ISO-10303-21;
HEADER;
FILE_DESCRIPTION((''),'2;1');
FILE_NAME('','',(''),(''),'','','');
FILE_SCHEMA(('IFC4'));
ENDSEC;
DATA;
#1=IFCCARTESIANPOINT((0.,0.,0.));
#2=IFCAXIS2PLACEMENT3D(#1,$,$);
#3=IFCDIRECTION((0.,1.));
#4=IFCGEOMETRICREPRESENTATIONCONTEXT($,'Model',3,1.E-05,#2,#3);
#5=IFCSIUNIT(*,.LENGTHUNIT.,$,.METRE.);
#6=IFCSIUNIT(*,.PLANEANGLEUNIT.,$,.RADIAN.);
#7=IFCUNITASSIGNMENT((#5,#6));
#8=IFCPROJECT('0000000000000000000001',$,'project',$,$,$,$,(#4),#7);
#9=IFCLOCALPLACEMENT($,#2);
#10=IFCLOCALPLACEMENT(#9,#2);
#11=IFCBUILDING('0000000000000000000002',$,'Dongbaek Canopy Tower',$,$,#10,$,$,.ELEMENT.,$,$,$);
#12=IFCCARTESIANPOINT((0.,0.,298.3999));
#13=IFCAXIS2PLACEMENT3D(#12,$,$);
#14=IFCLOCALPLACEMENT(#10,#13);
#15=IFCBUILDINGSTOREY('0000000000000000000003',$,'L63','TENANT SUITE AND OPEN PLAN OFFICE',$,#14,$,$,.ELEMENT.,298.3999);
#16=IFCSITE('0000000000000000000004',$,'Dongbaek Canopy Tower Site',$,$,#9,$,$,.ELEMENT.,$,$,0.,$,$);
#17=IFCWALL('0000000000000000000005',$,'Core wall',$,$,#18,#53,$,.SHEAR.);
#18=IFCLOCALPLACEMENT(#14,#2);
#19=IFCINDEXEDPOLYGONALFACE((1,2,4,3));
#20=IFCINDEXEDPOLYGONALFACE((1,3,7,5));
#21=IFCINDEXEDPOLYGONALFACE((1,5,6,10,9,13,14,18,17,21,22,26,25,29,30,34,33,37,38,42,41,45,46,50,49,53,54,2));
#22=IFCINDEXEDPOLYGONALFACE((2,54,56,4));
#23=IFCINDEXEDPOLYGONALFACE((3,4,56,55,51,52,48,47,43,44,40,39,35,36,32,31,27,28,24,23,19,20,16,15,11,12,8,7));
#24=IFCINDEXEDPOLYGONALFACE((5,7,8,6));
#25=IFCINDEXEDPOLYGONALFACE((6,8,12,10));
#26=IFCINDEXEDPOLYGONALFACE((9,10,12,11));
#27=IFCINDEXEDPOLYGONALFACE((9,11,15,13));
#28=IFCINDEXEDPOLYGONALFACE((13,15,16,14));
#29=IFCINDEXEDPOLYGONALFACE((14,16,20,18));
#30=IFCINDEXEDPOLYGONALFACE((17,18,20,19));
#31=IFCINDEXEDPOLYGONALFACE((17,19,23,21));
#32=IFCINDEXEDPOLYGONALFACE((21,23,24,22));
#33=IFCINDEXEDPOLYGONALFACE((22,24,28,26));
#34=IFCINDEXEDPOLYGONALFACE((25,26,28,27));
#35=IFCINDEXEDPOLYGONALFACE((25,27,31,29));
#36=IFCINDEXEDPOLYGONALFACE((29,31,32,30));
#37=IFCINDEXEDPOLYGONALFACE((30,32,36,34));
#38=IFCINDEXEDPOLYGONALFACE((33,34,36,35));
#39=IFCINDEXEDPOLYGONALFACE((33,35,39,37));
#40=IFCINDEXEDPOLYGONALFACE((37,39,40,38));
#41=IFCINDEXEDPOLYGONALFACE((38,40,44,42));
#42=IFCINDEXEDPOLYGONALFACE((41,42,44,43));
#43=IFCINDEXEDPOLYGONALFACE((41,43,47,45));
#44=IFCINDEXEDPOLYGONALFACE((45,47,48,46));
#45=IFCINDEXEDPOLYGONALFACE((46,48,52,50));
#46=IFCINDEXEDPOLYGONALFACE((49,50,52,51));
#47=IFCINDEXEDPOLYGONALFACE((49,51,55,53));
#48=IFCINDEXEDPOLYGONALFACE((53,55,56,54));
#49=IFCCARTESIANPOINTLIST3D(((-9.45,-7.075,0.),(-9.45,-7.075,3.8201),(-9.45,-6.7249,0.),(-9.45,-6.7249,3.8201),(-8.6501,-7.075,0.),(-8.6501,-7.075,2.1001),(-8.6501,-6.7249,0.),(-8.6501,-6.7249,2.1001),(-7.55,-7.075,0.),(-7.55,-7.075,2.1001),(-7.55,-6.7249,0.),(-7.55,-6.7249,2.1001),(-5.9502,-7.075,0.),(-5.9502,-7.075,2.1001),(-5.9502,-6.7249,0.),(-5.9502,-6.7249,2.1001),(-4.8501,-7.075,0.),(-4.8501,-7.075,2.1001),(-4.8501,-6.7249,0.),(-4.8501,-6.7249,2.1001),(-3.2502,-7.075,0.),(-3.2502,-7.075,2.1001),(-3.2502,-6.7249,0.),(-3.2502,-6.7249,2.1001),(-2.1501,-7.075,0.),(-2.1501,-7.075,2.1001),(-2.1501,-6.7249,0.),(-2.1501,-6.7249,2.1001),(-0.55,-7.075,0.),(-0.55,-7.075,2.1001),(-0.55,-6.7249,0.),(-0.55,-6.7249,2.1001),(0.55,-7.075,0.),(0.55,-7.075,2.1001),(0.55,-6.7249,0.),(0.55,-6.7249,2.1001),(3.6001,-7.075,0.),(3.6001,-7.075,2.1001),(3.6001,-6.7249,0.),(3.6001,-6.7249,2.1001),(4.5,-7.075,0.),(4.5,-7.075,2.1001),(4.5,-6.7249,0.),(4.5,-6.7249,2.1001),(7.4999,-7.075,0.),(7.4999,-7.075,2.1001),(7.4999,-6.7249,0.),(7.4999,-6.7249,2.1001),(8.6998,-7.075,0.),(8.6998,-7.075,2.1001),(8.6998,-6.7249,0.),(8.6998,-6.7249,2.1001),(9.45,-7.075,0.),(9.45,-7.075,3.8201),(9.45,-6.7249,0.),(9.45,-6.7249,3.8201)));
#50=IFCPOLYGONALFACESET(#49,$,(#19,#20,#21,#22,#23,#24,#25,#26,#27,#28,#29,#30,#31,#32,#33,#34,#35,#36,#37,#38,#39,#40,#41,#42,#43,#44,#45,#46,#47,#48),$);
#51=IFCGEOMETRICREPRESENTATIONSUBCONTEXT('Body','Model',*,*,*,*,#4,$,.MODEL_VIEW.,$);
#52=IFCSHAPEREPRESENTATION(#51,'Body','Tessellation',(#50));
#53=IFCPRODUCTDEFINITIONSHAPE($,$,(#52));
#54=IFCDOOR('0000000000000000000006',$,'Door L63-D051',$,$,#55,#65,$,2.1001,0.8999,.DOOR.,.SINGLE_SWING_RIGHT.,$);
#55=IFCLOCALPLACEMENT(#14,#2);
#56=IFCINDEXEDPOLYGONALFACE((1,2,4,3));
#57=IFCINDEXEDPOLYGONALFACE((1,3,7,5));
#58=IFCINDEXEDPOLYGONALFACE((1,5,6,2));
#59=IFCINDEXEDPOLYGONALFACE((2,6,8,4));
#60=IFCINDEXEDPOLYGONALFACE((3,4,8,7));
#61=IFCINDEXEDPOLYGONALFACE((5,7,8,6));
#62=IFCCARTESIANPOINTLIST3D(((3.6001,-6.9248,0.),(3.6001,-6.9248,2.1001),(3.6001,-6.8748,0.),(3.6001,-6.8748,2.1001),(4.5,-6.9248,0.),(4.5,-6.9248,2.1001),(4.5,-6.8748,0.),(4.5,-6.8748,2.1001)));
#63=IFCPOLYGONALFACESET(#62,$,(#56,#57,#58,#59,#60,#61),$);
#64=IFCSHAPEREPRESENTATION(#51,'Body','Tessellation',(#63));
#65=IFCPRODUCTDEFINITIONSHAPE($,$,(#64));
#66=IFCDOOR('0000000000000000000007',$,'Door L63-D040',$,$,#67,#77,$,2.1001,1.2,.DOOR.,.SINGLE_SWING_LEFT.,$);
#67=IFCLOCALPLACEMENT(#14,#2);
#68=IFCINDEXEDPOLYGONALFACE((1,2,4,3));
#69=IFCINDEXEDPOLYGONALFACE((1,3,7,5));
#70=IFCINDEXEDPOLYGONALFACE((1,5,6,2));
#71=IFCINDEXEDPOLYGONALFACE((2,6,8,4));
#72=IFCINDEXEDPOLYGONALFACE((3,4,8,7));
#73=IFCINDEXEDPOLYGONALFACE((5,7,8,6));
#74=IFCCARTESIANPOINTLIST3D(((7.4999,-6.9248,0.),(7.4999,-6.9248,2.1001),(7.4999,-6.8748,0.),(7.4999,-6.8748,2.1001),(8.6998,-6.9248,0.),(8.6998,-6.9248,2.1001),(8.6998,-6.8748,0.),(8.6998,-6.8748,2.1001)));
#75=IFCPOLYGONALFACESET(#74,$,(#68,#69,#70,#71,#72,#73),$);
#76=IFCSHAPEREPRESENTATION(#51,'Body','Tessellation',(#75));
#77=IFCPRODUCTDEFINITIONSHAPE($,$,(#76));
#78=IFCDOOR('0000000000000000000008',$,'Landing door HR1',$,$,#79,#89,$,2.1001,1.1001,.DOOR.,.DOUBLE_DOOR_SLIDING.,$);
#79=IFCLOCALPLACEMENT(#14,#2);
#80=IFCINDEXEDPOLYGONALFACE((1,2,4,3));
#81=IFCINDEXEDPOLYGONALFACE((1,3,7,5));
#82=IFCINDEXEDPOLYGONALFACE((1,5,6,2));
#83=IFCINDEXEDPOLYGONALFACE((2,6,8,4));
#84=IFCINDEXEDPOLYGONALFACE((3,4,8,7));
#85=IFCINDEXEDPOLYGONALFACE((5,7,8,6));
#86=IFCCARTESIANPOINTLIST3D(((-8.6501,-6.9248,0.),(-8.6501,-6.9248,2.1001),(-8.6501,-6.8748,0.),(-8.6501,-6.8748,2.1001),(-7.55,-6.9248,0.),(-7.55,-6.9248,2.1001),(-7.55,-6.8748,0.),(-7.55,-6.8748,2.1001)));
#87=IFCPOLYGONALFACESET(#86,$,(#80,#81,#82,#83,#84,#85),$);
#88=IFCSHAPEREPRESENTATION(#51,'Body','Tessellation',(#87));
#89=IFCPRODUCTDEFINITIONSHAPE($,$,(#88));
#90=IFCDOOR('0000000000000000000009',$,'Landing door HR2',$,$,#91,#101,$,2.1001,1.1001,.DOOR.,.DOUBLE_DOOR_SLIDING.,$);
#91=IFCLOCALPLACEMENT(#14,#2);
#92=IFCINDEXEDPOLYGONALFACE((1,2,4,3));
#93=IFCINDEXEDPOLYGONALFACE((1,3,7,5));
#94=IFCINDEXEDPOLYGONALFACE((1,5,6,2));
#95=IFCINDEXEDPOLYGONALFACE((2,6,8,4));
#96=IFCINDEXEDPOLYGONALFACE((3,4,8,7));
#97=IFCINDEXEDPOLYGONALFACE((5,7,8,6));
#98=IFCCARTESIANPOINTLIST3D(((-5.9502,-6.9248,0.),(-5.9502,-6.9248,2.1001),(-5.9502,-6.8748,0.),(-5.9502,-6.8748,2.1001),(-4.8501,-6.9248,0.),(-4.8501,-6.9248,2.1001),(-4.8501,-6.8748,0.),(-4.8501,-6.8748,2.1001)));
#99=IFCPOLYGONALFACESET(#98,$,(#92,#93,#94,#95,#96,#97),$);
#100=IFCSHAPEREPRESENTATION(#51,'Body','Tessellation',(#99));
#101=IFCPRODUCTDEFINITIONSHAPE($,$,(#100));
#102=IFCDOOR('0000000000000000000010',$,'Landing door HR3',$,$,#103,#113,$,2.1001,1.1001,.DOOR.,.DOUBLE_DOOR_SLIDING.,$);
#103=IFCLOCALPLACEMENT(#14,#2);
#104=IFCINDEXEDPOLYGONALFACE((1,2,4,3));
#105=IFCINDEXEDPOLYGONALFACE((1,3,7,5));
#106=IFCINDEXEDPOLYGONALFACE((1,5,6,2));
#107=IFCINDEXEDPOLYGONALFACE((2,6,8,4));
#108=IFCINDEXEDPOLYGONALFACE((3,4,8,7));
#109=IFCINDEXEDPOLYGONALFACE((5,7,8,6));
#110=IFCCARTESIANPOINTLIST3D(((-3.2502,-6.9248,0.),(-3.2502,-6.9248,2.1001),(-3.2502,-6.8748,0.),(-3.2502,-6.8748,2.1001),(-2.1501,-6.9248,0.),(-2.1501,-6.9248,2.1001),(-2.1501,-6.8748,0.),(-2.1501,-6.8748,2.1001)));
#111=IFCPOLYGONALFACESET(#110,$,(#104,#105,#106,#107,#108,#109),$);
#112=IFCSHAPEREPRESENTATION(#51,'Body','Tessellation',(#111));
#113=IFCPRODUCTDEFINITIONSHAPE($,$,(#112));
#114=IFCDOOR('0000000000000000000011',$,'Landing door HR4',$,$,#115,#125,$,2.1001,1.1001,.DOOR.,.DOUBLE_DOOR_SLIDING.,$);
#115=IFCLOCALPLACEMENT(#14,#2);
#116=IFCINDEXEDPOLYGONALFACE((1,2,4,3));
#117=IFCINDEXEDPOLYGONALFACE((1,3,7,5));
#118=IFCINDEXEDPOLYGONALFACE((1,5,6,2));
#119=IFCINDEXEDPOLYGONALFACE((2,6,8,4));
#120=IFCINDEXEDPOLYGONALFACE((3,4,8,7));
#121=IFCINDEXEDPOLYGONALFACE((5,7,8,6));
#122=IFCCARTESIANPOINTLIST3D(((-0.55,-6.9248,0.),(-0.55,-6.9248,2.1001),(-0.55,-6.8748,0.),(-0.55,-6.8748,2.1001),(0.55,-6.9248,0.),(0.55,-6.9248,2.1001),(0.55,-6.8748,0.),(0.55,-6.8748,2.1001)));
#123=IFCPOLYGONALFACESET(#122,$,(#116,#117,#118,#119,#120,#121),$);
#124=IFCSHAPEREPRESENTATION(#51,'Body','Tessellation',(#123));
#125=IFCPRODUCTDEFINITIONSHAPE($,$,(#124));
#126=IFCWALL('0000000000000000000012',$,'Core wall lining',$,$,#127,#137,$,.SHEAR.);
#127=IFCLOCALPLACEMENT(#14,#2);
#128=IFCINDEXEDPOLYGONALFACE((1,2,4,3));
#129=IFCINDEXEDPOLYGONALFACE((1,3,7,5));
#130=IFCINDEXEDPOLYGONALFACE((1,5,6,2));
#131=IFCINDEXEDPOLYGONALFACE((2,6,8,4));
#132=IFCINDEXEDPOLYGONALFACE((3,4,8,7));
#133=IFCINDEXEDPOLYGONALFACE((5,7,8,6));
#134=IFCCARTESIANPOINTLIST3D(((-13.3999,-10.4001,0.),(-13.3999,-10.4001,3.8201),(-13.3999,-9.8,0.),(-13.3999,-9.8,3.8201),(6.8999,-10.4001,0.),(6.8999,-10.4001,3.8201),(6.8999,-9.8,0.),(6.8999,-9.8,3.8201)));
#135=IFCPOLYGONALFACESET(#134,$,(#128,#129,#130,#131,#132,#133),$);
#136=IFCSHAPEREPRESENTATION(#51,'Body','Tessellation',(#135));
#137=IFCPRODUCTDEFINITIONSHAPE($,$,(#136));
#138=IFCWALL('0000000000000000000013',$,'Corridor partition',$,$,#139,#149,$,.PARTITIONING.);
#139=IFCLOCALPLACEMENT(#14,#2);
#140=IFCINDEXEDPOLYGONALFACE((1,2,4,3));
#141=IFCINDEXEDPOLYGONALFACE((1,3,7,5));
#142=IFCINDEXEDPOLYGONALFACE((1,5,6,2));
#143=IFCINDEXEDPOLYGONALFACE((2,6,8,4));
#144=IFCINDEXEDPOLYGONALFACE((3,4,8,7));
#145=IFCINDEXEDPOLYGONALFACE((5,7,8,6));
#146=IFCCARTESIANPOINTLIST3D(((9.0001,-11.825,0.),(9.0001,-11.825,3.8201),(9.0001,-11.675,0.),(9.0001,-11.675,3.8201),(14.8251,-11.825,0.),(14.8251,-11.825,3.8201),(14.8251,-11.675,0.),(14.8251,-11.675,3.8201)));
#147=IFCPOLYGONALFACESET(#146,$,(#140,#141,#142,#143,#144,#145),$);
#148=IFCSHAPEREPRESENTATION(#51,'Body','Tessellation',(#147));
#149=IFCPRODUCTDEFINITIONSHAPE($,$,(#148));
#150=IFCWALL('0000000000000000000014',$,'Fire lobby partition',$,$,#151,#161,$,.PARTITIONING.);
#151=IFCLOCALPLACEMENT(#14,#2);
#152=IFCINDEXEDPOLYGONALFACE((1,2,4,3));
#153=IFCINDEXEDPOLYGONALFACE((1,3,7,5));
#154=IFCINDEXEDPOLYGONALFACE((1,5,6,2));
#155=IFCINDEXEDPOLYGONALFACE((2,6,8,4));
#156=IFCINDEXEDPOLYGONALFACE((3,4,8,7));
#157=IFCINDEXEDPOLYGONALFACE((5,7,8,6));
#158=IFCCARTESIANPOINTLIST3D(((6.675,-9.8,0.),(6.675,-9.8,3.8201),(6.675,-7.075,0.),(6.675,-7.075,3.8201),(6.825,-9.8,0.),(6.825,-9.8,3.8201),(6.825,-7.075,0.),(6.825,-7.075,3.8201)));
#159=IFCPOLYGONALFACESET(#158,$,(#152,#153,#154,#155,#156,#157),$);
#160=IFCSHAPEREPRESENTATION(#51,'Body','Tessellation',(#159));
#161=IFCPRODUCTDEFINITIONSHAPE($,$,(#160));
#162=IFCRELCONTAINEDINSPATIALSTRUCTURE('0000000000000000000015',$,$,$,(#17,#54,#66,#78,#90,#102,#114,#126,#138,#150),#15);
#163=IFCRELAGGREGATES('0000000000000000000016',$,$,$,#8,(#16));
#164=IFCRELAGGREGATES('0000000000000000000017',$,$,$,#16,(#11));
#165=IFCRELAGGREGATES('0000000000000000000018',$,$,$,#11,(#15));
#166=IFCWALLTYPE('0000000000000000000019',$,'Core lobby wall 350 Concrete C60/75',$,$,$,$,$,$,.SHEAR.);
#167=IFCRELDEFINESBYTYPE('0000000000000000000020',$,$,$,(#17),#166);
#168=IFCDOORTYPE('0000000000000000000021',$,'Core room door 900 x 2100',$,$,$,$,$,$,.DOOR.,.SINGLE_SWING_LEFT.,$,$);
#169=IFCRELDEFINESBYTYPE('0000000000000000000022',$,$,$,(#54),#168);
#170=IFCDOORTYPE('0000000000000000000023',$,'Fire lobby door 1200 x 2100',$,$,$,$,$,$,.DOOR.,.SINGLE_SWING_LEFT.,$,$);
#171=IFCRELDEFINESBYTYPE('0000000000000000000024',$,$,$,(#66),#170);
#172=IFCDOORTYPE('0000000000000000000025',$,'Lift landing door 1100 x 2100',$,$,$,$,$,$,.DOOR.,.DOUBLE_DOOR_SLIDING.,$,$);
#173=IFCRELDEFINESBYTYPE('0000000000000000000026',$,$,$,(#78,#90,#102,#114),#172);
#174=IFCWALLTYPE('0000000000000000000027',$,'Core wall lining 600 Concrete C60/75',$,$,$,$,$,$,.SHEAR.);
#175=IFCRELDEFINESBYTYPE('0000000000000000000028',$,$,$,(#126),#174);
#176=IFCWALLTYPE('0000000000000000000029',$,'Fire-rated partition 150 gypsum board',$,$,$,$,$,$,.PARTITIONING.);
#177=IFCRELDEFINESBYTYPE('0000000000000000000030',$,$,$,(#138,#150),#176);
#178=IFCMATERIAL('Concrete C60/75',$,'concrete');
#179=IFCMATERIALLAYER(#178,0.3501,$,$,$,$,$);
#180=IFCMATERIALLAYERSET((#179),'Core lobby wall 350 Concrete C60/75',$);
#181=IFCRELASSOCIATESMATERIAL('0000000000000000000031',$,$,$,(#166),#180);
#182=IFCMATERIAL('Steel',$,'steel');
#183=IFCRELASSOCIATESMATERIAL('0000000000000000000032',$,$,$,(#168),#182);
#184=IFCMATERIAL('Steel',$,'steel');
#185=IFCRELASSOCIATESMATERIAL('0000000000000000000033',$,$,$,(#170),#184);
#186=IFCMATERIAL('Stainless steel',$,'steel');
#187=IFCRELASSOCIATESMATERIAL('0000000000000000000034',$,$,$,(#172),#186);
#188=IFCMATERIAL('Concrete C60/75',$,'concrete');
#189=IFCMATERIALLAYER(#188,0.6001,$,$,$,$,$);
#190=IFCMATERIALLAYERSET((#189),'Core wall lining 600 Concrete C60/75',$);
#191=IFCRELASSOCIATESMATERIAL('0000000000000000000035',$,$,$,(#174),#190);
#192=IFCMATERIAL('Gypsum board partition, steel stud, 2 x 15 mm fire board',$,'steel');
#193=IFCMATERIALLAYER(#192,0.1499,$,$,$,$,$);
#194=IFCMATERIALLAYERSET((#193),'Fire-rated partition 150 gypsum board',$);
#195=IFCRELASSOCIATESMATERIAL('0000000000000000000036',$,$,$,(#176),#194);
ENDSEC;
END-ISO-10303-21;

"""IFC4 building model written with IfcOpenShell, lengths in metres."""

from ifc_helpers import new_model, si_unit, direction, frame, frame_2d, origin, place, context, subcontext, project, spatial, rectangle, extrude, material, layer, layer_set, type_object, element, fill, save


model = new_model("IFC4")

# Units and contexts
model_context = context("Model", 3, precision=1e-05, world=origin(), true_north=direction((0.0, 1.0)))
body_context = subcontext(model_context, "Body", "Model", "MODEL_VIEW")
ifc_project = project(units=[si_unit("LENGTHUNIT", "METRE"), si_unit("PLANEANGLEUNIT", "RADIAN")], contexts=[model_context])

# Site, building, storey
site_placement = place(None, origin())
site = spatial("IfcSite", under=ifc_project, at=site_placement, Name="Dongbaek Canopy Tower Site", CompositionType="ELEMENT", RefElevation=0.0)
building_placement = place(site_placement, origin())
building = spatial("IfcBuilding", under=site, at=building_placement, Name="Dongbaek Canopy Tower", CompositionType="ELEMENT")
storey_placement = place(building_placement, frame((0.0, 0.0, 298.3999)))
storey = spatial("IfcBuildingStorey", under=building, at=storey_placement, Name="L63", Description="TENANT SUITE AND OPEN PLAN OFFICE", CompositionType="ELEMENT", Elevation=298.3999)

# Wall, openings, doors
ifc_material_1 = material(Name="Concrete C60/75", Category="concrete")
ifc_layer_1 = layer(ifc_material_1, 0.3501)
ifc_layer_set_1 = layer_set([ifc_layer_1], Name="Core lobby wall 350 Concrete C60/75")
wall_type_1 = type_object("IfcWallType", Name="Core lobby wall 350 Concrete C60/75", PredefinedType="SHEAR", material=ifc_layer_set_1)
wall_1_placement = place(storey_placement, frame((9.45, -6.8999, 0.0), z_axis=(0.0, 0.0, 1.0), x_axis=(-1.0, 0.0, 0.0)))
wall_1 = element("IfcWall", 1, at=wall_1_placement, inside=storey, type_object=wall_type_1, Name="Core wall", PredefinedType="SHEAR", context=body_context, shape_type="SweptSolid", body=[
    extrude(rectangle(XDim=18.8999, YDim=0.3501, at=frame_2d((9.45, 0.0))), origin(), (0.0, 0.0, 1.0), 3.8201),
])
opening_1_placement = place(wall_1_placement, frame((17.0, 0.0, 0.0)))
opening_1 = element("IfcOpeningElement", 2, at=opening_1_placement, cuts=wall_1, PredefinedType="OPENING", context=body_context, shape_type="SweptSolid", body=[
    extrude(rectangle(XDim=1.1001, YDim=2.1001, at=frame_2d((0.55, 1.05))), frame((0.0, 0.1851, 0.0), z_axis=(0.0, -1.0, 0.0), x_axis=(1.0, 0.0, 0.0)), (0.0, 0.0, 1.0), 0.3701),
])
opening_2_placement = place(wall_1_placement, frame((14.3, 0.0, 0.0)))
opening_2 = element("IfcOpeningElement", 3, at=opening_2_placement, cuts=wall_1, PredefinedType="OPENING", context=body_context, shape_type="SweptSolid", body=[
    extrude(rectangle(XDim=1.1001, YDim=2.1001, at=frame_2d((0.55, 1.05))), frame((0.0, 0.1851, 0.0), z_axis=(0.0, -1.0, 0.0), x_axis=(1.0, 0.0, 0.0)), (0.0, 0.0, 1.0), 0.3701),
])
opening_3_placement = place(wall_1_placement, frame((11.6001, 0.0, 0.0)))
opening_3 = element("IfcOpeningElement", 4, at=opening_3_placement, cuts=wall_1, PredefinedType="OPENING", context=body_context, shape_type="SweptSolid", body=[
    extrude(rectangle(XDim=1.1001, YDim=2.1001, at=frame_2d((0.55, 1.05))), frame((0.0, 0.1851, 0.0), z_axis=(0.0, -1.0, 0.0), x_axis=(1.0, 0.0, 0.0)), (0.0, 0.0, 1.0), 0.3701),
])
opening_4_placement = place(wall_1_placement, frame((8.8999, 0.0, 0.0)))
opening_4 = element("IfcOpeningElement", 5, at=opening_4_placement, cuts=wall_1, PredefinedType="OPENING", context=body_context, shape_type="SweptSolid", body=[
    extrude(rectangle(XDim=1.1001, YDim=2.1001, at=frame_2d((0.55, 1.05))), frame((0.0, 0.1851, 0.0), z_axis=(0.0, -1.0, 0.0), x_axis=(1.0, 0.0, 0.0)), (0.0, 0.0, 1.0), 0.3701),
])
opening_5_placement = place(wall_1_placement, frame((0.75, 0.0, 0.0)))
opening_5 = element("IfcOpeningElement", 6, at=opening_5_placement, cuts=wall_1, PredefinedType="OPENING", context=body_context, shape_type="SweptSolid", body=[
    extrude(rectangle(XDim=1.2, YDim=2.1001, at=frame_2d((0.6001, 1.05))), frame((0.0, 0.1851, 0.0), z_axis=(0.0, -1.0, 0.0), x_axis=(1.0, 0.0, 0.0)), (0.0, 0.0, 1.0), 0.3701),
])
opening_6_placement = place(wall_1_placement, frame((4.95, 0.0, 0.0)))
opening_6 = element("IfcOpeningElement", 7, at=opening_6_placement, cuts=wall_1, PredefinedType="OPENING", context=body_context, shape_type="SweptSolid", body=[
    extrude(rectangle(XDim=0.8999, YDim=2.1001, at=frame_2d((0.45, 1.05))), frame((0.0, 0.1851, 0.0), z_axis=(0.0, -1.0, 0.0), x_axis=(1.0, 0.0, 0.0)), (0.0, 0.0, 1.0), 0.3701),
])
ifc_material_2 = material(Name="Steel", Category="steel")
door_type_1 = type_object("IfcDoorType", Name="Core room door 900 x 2100", OperationType="SINGLE_SWING_LEFT", PredefinedType="DOOR", material=ifc_material_2)
door_1_placement = place(opening_6_placement, origin())
door_1 = element("IfcDoor", 8, at=door_1_placement, inside=storey, type_object=door_type_1, Name="Door L63-D051", OperationType="SINGLE_SWING_RIGHT", OverallHeight=2.1001, OverallWidth=0.8999, PredefinedType="DOOR", context=body_context, shape_type="SweptSolid", body=[
    extrude(rectangle(XDim=0.8999, YDim=2.1001, at=frame_2d((0.45, 1.05))), frame((0.0, 0.0249, 0.0), z_axis=(0.0, -1.0, 0.0), x_axis=(1.0, 0.0, 0.0)), (0.0, 0.0, 1.0), 0.05),
])
fill(opening_6, door_1)
ifc_material_3 = material(Name="Steel", Category="steel")
door_type_2 = type_object("IfcDoorType", Name="Fire lobby door 1200 x 2100", OperationType="SINGLE_SWING_LEFT", PredefinedType="DOOR", material=ifc_material_3)
door_2_placement = place(opening_5_placement, origin())
door_2 = element("IfcDoor", 9, at=door_2_placement, inside=storey, type_object=door_type_2, Name="Door L63-D040", OperationType="SINGLE_SWING_LEFT", OverallHeight=2.1001, OverallWidth=1.2, PredefinedType="DOOR", context=body_context, shape_type="SweptSolid", body=[
    extrude(rectangle(XDim=1.2, YDim=2.1001, at=frame_2d((0.6001, 1.05))), frame((0.0, 0.0249, 0.0), z_axis=(0.0, -1.0, 0.0), x_axis=(1.0, 0.0, 0.0)), (0.0, 0.0, 1.0), 0.05),
])
fill(opening_5, door_2)
ifc_material_4 = material(Name="Stainless steel", Category="steel")
door_type_3 = type_object("IfcDoorType", Name="Lift landing door 1100 x 2100", OperationType="DOUBLE_DOOR_SLIDING", PredefinedType="DOOR", material=ifc_material_4)
door_3_placement = place(opening_1_placement, origin())
door_3 = element("IfcDoor", 10, at=door_3_placement, inside=storey, type_object=door_type_3, Name="Landing door HR1", OperationType="DOUBLE_DOOR_SLIDING", OverallHeight=2.1001, OverallWidth=1.1001, PredefinedType="DOOR", context=body_context, shape_type="SweptSolid", body=[
    extrude(rectangle(XDim=1.1001, YDim=2.1001, at=frame_2d((0.55, 1.05))), frame((0.0, 0.0249, 0.0), z_axis=(0.0, -1.0, 0.0), x_axis=(1.0, 0.0, 0.0)), (0.0, 0.0, 1.0), 0.05),
])
fill(opening_1, door_3)
door_4_placement = place(opening_2_placement, origin())
door_4 = element("IfcDoor", 11, at=door_4_placement, inside=storey, type_object=door_type_3, Name="Landing door HR2", OperationType="DOUBLE_DOOR_SLIDING", OverallHeight=2.1001, OverallWidth=1.1001, PredefinedType="DOOR", context=body_context, shape_type="SweptSolid", body=[
    extrude(rectangle(XDim=1.1001, YDim=2.1001, at=frame_2d((0.55, 1.05))), frame((0.0, 0.0249, 0.0), z_axis=(0.0, -1.0, 0.0), x_axis=(1.0, 0.0, 0.0)), (0.0, 0.0, 1.0), 0.05),
])
fill(opening_2, door_4)
door_5_placement = place(opening_3_placement, origin())
door_5 = element("IfcDoor", 12, at=door_5_placement, inside=storey, type_object=door_type_3, Name="Landing door HR3", OperationType="DOUBLE_DOOR_SLIDING", OverallHeight=2.1001, OverallWidth=1.1001, PredefinedType="DOOR", context=body_context, shape_type="SweptSolid", body=[
    extrude(rectangle(XDim=1.1001, YDim=2.1001, at=frame_2d((0.55, 1.05))), frame((0.0, 0.0249, 0.0), z_axis=(0.0, -1.0, 0.0), x_axis=(1.0, 0.0, 0.0)), (0.0, 0.0, 1.0), 0.05),
])
fill(opening_3, door_5)
door_6_placement = place(opening_4_placement, origin())
door_6 = element("IfcDoor", 13, at=door_6_placement, inside=storey, type_object=door_type_3, Name="Landing door HR4", OperationType="DOUBLE_DOOR_SLIDING", OverallHeight=2.1001, OverallWidth=1.1001, PredefinedType="DOOR", context=body_context, shape_type="SweptSolid", body=[
    extrude(rectangle(XDim=1.1001, YDim=2.1001, at=frame_2d((0.55, 1.05))), frame((0.0, 0.0249, 0.0), z_axis=(0.0, -1.0, 0.0), x_axis=(1.0, 0.0, 0.0)), (0.0, 0.0, 1.0), 0.05),
])
fill(opening_4, door_6)

# Walls
ifc_material_5 = material(Name="Concrete C60/75", Category="concrete")
ifc_layer_2 = layer(ifc_material_5, 0.6001)
ifc_layer_set_2 = layer_set([ifc_layer_2], Name="Core wall lining 600 Concrete C60/75")
wall_type_2 = type_object("IfcWallType", Name="Core wall lining 600 Concrete C60/75", PredefinedType="SHEAR", material=ifc_layer_set_2)
wall_2_placement = place(storey_placement, frame((6.8999, -10.1001, 0.0), z_axis=(0.0, 0.0, 1.0), x_axis=(-1.0, 0.0, 0.0)))
element("IfcWall", 14, at=wall_2_placement, inside=storey, type_object=wall_type_2, Name="Core wall lining", PredefinedType="SHEAR", context=body_context, shape_type="SweptSolid", body=[
    extrude(rectangle(XDim=20.2998, YDim=0.6001, at=frame_2d((10.1499, 0.0))), origin(), (0.0, 0.0, 1.0), 3.8201),
])
ifc_material_6 = material(Name="Gypsum board partition, steel stud, 2 x 15 mm fire board", Category="steel")
ifc_layer_3 = layer(ifc_material_6, 0.1499)
ifc_layer_set_3 = layer_set([ifc_layer_3], Name="Fire-rated partition 150 gypsum board")
wall_type_3 = type_object("IfcWallType", Name="Fire-rated partition 150 gypsum board", PredefinedType="PARTITIONING", material=ifc_layer_set_3)
wall_3_placement = place(storey_placement, frame((9.0, -11.75, 0.0), z_axis=(0.0, 0.0, 1.0), x_axis=(1.0, 0.0, 0.0)))
element("IfcWall", 15, at=wall_3_placement, inside=storey, type_object=wall_type_3, Name="Corridor partition", PredefinedType="PARTITIONING", context=body_context, shape_type="SweptSolid", body=[
    extrude(rectangle(XDim=5.825, YDim=0.1499, at=frame_2d((2.9126, 0.0))), origin(), (0.0, 0.0, 1.0), 3.8201),
])
wall_4_placement = place(storey_placement, frame((6.75, -9.8, 0.0), z_axis=(0.0, 0.0, 1.0), x_axis=(0.0, 1.0, 0.0)))
element("IfcWall", 16, at=wall_4_placement, inside=storey, type_object=wall_type_3, Name="Fire lobby partition", PredefinedType="PARTITIONING", context=body_context, shape_type="SweptSolid", body=[
    extrude(rectangle(XDim=2.7251, YDim=0.1499, at=frame_2d((1.3625, 0.0))), origin(), (0.0, 0.0, 1.0), 3.8201),
])

save(model, "model.ifc")
